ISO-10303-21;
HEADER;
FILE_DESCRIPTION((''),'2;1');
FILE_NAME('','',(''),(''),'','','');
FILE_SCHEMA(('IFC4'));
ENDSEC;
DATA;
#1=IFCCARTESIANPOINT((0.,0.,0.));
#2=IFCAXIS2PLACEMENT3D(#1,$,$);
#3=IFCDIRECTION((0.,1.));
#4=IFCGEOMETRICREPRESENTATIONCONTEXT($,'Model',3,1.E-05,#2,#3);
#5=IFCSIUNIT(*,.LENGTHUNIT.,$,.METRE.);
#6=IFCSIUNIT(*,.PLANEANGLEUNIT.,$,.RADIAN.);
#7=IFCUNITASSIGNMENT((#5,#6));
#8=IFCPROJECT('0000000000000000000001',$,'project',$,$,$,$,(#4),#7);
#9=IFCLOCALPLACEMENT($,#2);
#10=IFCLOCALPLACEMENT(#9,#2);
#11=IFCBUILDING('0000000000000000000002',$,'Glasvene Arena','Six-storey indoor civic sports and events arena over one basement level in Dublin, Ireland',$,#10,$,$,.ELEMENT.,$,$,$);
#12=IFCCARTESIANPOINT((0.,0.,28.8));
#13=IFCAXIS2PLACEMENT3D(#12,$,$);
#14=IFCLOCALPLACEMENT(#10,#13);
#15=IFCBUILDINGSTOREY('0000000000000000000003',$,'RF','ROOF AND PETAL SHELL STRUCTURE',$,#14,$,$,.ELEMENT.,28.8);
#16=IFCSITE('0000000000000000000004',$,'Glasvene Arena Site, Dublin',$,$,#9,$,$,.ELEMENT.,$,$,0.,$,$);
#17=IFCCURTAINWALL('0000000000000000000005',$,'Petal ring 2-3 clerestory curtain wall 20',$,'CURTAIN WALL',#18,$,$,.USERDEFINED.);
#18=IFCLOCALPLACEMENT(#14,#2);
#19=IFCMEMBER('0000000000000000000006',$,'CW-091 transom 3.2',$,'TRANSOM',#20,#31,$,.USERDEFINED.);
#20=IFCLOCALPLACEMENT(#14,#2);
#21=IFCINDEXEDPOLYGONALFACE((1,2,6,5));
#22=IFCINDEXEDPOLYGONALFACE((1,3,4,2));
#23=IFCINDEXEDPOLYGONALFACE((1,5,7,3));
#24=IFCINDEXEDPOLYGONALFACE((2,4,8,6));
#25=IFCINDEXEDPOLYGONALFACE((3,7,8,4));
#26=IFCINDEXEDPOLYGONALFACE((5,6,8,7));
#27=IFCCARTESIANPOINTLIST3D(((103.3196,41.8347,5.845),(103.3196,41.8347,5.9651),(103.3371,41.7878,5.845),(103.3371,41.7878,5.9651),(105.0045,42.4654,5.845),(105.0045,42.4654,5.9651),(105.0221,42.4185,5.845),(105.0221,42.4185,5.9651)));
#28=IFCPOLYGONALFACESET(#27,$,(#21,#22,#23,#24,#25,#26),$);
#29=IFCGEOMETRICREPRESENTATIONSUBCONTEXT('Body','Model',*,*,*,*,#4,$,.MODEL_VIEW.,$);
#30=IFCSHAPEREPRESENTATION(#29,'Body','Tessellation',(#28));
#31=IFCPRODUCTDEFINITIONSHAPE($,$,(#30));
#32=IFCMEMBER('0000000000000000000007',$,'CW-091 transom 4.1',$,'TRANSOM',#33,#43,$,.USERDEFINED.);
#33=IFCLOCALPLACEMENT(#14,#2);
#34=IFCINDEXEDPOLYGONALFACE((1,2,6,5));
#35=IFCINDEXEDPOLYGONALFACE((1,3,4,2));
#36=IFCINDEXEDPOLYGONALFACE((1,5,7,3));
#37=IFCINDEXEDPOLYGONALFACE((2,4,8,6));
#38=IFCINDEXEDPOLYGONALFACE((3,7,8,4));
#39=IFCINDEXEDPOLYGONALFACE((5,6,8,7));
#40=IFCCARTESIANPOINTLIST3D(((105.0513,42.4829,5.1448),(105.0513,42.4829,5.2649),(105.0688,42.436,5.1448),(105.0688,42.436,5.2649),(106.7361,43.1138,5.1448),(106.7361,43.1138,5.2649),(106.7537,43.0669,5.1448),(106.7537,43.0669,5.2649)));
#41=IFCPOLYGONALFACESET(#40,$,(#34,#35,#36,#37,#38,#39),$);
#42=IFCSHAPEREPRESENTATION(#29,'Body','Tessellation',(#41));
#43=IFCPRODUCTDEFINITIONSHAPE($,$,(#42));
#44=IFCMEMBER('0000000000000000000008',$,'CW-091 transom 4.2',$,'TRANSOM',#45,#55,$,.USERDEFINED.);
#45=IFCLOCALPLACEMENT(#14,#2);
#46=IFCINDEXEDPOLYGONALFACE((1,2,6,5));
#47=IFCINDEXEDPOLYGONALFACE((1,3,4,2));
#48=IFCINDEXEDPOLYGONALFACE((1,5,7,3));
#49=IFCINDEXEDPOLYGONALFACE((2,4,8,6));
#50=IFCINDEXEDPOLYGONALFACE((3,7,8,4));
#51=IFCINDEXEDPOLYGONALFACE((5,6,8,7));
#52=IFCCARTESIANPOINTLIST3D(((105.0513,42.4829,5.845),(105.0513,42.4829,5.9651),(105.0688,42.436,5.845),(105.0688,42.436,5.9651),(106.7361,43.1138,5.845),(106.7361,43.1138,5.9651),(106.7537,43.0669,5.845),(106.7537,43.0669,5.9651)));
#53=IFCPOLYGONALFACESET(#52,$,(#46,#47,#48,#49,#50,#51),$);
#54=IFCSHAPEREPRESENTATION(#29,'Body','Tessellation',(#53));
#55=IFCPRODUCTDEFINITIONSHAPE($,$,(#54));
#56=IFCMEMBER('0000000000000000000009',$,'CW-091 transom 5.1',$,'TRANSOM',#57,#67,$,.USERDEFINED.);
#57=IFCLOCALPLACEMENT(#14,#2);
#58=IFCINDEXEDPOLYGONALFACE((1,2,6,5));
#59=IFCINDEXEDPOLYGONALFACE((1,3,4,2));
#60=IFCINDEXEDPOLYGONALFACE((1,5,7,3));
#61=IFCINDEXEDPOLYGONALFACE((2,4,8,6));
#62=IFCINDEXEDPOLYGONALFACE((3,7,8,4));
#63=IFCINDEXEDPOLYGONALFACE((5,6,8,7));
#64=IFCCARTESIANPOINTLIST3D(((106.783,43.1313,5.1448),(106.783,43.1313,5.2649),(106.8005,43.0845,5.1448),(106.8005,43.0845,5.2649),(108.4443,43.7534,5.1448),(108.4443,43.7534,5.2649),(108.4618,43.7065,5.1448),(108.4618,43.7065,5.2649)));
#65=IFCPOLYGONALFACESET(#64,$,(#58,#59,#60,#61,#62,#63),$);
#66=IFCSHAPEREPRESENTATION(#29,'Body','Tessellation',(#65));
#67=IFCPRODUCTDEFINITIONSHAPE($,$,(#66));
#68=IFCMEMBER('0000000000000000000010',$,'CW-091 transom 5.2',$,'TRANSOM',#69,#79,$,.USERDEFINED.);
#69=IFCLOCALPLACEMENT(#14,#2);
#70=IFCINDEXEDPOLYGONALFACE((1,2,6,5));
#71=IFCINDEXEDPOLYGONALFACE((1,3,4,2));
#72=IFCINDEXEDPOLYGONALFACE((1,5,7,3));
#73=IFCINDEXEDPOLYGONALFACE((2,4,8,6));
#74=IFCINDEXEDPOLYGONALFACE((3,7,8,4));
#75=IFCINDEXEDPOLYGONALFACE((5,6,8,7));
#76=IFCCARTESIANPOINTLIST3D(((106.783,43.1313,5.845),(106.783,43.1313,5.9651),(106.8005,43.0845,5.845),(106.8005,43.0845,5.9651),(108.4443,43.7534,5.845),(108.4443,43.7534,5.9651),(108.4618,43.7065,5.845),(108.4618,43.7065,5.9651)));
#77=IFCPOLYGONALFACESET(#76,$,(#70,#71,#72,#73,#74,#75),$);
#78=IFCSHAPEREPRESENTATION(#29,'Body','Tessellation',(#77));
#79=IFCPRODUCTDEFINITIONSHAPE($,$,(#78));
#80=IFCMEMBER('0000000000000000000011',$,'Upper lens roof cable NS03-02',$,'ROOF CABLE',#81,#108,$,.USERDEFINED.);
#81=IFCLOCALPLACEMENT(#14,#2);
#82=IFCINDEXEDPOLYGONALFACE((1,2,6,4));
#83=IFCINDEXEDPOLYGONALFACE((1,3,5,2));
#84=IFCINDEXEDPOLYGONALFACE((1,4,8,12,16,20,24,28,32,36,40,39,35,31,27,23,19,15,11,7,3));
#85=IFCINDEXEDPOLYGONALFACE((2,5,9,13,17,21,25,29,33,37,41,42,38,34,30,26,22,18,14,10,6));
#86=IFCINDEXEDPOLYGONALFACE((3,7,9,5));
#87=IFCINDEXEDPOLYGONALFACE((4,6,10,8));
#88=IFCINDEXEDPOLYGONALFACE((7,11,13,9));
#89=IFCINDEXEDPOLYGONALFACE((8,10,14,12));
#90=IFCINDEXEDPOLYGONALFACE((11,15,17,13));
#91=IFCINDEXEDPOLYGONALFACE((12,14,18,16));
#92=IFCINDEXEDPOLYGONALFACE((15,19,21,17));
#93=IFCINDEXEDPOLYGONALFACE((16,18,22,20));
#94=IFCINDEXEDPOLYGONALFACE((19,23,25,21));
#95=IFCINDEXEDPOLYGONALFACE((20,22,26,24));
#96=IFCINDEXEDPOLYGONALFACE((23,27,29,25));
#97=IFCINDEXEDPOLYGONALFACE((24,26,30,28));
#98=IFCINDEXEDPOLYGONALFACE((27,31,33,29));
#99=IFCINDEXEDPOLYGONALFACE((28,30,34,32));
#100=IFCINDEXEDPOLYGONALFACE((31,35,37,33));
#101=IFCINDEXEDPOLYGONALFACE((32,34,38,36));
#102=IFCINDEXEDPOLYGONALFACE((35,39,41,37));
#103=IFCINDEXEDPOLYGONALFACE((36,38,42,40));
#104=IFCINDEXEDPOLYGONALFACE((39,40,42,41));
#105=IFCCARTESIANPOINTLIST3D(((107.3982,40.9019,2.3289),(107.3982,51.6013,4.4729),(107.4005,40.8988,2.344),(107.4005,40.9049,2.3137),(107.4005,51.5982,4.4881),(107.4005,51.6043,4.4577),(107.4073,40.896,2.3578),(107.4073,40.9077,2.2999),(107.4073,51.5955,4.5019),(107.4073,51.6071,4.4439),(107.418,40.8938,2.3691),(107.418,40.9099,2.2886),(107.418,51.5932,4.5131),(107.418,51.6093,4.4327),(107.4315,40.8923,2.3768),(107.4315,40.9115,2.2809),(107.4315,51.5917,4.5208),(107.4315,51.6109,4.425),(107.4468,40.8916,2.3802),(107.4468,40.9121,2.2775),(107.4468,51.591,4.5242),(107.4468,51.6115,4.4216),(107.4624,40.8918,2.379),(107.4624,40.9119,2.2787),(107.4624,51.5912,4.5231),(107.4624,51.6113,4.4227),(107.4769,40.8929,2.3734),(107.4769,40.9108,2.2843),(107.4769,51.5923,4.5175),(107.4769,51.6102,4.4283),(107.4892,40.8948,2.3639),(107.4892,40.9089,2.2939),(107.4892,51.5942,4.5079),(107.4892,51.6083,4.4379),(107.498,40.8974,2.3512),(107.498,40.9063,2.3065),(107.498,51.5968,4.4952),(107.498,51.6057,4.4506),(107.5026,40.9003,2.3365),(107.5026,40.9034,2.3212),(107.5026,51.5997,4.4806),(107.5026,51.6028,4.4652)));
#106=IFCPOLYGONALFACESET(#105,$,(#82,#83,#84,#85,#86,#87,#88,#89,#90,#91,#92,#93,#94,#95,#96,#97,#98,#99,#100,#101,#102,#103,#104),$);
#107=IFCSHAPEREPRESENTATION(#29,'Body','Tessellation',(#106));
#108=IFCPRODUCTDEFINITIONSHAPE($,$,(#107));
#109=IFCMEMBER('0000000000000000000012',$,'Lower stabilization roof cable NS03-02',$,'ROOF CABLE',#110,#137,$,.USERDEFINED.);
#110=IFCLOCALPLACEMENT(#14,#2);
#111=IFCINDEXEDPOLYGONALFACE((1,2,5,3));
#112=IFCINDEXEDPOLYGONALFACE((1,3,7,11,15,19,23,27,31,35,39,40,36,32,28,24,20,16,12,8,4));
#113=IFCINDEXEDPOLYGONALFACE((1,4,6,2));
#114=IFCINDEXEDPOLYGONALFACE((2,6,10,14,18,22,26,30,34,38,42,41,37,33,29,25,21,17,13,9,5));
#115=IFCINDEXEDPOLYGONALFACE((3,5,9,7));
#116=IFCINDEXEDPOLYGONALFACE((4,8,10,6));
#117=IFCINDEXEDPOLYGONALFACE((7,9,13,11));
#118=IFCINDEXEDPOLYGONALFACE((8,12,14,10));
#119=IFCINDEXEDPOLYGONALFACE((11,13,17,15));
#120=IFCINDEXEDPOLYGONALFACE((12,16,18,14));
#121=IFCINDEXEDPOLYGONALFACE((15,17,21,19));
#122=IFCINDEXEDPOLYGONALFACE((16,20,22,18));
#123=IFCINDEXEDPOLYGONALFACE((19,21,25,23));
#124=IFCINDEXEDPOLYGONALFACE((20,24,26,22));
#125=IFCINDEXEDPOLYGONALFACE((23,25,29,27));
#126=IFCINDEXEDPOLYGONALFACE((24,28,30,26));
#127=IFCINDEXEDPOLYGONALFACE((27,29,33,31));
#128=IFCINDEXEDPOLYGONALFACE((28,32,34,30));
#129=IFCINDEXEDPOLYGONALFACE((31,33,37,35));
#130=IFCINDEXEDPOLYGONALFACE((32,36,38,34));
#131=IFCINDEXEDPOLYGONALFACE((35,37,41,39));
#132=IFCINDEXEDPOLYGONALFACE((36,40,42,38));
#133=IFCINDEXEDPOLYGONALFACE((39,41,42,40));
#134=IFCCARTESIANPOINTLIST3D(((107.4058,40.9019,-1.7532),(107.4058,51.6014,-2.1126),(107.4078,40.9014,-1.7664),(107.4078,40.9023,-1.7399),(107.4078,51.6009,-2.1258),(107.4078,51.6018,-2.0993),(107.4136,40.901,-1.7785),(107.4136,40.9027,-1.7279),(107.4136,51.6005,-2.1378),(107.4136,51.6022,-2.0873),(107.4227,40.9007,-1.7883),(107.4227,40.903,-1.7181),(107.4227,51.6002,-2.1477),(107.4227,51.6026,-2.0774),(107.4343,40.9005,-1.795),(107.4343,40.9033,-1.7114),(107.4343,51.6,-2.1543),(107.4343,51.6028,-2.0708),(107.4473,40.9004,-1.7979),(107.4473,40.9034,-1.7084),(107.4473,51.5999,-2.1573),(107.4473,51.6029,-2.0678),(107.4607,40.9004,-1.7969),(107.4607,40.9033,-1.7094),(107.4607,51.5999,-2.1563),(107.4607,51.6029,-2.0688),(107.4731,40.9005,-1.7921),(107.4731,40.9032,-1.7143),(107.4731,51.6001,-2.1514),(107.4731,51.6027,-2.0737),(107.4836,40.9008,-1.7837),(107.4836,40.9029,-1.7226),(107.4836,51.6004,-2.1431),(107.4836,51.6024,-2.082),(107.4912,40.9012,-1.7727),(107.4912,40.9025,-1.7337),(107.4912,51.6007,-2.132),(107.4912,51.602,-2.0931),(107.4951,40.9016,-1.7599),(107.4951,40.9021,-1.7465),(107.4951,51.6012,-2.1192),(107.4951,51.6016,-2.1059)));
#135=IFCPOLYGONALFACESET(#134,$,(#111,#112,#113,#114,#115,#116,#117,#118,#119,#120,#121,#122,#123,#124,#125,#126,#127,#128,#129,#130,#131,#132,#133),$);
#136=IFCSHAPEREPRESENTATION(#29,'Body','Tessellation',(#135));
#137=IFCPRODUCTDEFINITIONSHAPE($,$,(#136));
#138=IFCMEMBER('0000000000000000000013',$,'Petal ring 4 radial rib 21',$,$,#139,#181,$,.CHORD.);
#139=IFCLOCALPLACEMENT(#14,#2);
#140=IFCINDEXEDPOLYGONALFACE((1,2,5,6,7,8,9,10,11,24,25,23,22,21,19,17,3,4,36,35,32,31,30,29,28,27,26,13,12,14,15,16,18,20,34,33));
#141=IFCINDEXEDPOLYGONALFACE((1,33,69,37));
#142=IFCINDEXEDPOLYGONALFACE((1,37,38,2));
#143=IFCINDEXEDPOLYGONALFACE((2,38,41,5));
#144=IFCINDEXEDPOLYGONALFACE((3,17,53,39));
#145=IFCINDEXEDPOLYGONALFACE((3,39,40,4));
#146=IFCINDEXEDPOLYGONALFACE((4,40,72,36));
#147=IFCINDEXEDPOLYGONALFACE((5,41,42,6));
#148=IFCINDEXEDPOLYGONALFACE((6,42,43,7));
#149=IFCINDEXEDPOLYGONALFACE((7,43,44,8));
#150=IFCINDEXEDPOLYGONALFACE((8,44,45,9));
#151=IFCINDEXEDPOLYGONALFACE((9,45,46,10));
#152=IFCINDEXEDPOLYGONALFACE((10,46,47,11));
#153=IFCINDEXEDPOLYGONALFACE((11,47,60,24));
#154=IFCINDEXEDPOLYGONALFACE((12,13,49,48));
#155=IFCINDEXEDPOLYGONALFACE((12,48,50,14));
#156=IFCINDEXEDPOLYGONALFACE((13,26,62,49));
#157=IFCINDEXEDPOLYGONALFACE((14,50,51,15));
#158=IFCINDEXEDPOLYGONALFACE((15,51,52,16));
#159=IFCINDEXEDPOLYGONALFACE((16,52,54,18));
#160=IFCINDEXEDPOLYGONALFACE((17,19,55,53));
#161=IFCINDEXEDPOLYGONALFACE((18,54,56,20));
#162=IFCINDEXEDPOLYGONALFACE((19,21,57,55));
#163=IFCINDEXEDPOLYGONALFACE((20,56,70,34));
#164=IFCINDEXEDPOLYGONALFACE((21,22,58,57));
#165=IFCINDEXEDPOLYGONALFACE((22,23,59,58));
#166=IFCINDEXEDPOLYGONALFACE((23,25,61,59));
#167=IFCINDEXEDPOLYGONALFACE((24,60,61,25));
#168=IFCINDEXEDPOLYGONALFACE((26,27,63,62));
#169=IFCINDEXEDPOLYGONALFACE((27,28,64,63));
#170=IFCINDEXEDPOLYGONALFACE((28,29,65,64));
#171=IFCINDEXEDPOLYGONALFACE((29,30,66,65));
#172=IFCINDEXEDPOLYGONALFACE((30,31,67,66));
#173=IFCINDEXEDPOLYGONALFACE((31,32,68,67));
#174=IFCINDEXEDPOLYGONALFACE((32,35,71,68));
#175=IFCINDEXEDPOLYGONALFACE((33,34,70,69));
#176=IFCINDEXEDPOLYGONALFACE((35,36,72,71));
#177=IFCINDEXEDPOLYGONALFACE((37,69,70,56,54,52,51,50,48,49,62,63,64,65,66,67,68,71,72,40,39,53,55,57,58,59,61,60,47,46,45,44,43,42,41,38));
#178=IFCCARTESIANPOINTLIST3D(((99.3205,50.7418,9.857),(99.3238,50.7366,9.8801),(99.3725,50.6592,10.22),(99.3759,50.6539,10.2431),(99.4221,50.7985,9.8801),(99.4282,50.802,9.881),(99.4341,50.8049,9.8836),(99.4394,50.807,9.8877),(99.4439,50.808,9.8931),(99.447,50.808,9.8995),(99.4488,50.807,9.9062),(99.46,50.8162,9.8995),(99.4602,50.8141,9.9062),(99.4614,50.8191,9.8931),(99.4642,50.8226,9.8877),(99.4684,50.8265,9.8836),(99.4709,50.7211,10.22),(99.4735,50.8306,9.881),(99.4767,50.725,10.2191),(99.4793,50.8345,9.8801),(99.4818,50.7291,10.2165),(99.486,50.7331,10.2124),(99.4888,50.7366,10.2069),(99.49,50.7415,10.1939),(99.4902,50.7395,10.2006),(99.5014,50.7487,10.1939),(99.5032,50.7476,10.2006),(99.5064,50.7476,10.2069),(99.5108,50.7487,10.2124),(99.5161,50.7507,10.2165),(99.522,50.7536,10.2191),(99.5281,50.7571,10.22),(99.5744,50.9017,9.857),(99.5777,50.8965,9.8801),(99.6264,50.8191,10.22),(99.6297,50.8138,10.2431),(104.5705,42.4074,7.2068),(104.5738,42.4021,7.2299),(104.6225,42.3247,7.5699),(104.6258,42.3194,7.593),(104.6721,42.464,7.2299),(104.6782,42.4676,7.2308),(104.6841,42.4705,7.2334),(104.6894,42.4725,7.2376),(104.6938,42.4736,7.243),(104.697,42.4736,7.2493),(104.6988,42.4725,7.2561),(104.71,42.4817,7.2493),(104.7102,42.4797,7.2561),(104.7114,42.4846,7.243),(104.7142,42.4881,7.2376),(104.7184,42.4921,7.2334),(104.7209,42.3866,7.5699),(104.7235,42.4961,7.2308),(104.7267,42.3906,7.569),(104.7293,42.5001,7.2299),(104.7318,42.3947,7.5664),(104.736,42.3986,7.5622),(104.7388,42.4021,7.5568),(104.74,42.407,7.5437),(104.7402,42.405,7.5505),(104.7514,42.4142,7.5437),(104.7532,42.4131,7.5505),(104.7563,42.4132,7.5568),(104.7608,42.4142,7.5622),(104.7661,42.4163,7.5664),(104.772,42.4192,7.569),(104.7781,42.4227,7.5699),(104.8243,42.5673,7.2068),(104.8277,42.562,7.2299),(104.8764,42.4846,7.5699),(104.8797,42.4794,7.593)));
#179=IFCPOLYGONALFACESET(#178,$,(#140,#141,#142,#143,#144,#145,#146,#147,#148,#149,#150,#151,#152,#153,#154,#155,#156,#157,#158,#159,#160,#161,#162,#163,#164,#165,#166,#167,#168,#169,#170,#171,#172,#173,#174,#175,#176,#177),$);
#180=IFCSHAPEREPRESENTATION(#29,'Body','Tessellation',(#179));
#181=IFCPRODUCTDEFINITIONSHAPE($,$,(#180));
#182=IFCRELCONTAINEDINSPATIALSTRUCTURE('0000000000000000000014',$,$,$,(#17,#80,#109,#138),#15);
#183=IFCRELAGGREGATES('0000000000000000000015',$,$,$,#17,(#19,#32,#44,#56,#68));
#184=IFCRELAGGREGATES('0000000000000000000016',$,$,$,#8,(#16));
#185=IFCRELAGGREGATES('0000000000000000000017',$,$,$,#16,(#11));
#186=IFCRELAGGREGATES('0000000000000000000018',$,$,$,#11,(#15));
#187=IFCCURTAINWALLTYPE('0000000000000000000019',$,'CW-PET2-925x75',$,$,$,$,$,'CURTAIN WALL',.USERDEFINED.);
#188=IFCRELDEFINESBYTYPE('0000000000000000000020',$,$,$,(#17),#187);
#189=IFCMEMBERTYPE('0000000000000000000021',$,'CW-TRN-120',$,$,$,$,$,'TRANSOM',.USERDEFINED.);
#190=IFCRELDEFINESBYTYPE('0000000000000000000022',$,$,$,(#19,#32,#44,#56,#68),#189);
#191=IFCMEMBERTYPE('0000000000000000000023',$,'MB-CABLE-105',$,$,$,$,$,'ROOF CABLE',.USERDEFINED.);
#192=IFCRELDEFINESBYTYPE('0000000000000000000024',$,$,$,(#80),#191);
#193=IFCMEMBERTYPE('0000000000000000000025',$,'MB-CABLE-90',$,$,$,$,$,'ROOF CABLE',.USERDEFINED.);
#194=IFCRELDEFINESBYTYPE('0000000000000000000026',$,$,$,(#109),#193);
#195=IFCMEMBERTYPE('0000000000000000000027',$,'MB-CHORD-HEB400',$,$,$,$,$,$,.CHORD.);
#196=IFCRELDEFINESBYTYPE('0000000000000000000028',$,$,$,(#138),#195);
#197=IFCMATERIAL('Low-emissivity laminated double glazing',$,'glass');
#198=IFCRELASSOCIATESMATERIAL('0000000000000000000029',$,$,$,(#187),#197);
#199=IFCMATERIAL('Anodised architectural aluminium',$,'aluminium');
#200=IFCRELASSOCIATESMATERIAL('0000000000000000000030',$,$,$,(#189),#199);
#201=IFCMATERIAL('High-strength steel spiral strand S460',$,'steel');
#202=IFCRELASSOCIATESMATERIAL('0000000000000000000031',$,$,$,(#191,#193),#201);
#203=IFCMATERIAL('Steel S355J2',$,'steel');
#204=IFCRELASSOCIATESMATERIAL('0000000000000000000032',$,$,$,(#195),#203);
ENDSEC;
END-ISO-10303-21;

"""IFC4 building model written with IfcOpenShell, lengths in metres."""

from ifc_helpers import new_model, si_unit, direction, frame, origin, origin_2d, place, context, subcontext, project, spatial, rectangle, circle, i_section, extrude, material, material_profile, profile_set, type_object, element, aggregate, save


model = new_model("IFC4")

# Units and contexts
model_context = context("Model", 3, precision=1e-05, world=origin(), true_north=direction((0.0, 1.0)))
body_context = subcontext(model_context, "Body", "Model", "MODEL_VIEW")
ifc_project = project(units=[si_unit("LENGTHUNIT", "METRE"), si_unit("PLANEANGLEUNIT", "RADIAN")], contexts=[model_context])

# Site, building, storey
site_placement = place(None, origin())
site = spatial("IfcSite", under=ifc_project, at=site_placement, Name="Glasvene Arena Site, Dublin", CompositionType="ELEMENT", RefElevation=0.0)
building_placement = place(site_placement, origin())
building = spatial("IfcBuilding", under=site, at=building_placement, Name="Glasvene Arena", Description="Six-storey indoor civic sports and events arena over one basement level in Dublin, Ireland", CompositionType="ELEMENT")
storey_placement = place(building_placement, frame((0.0, 0.0, 28.8)))
storey = spatial("IfcBuildingStorey", under=building, at=storey_placement, Name="RF", Description="ROOF AND PETAL SHELL STRUCTURE", CompositionType="ELEMENT", Elevation=28.8)

# Shared definitions
ifc_material_1 = material(Name="Low-emissivity laminated double glazing", Category="glass")
ifc_material_2 = material(Name="Anodised architectural aluminium", Category="aluminium")

# Curtain wall
curtain_wall_type_1 = type_object("IfcCurtainWallType", Name="CW-PET2-925x75", ElementType="CURTAIN WALL", PredefinedType="USERDEFINED", material=ifc_material_1)
curtain_wall_1_placement = place(storey_placement, frame((99.8416, 40.5056, 0.0)))
curtain_wall_1 = element("IfcCurtainWall", 1, at=curtain_wall_1_placement, inside=storey, type_object=curtain_wall_type_1, Name="Petal ring 2-3 clerestory curtain wall 20", ObjectType="CURTAIN WALL", PredefinedType="USERDEFINED")

# Members
ifc_material_profile_1 = material_profile(ifc_material_2, rectangle(XDim=0.05, YDim=0.1201, at=origin_2d()), Name="ALU TRANSOM 50x120")
ifc_profile_set_1 = profile_set([ifc_material_profile_1], Name="Anodised architectural aluminium")
member_type_1 = type_object("IfcMemberType", Name="CW-TRN-120", ElementType="TRANSOM", PredefinedType="USERDEFINED", material=ifc_profile_set_1)
member_1_placement = place(storey_placement, frame((103.3284, 41.8113, 5.905), z_axis=(0.936547, 0.350543, 0.0), x_axis=(-0.350543, 0.936547, 0.0)))
member_1 = element("IfcMember", 2, at=member_1_placement, type_object=member_type_1, Name="CW-091 transom 3.2", ObjectType="TRANSOM", PredefinedType="USERDEFINED", context=body_context, shape_type="SweptSolid", body=[
    extrude(rectangle(XDim=0.05, YDim=0.1201, at=origin_2d()), origin(), (0.0, 0.0, 1.0), 1.7991),
])
member_2_placement = place(storey_placement, frame((105.0601, 42.4595, 5.2048), z_axis=(0.936502, 0.350662, 0.0), x_axis=(-0.350662, 0.936502, 0.0)))
member_2 = element("IfcMember", 3, at=member_2_placement, type_object=member_type_1, Name="CW-091 transom 4.1", ObjectType="TRANSOM", PredefinedType="USERDEFINED", context=body_context, shape_type="SweptSolid", body=[
    extrude(rectangle(XDim=0.05, YDim=0.1201, at=origin_2d()), origin(), (0.0, 0.0, 1.0), 1.7991),
])
member_3_placement = place(storey_placement, frame((105.0601, 42.4595, 5.905), z_axis=(0.936502, 0.350662, 0.0), x_axis=(-0.350662, 0.936502, 0.0)))
member_3 = element("IfcMember", 4, at=member_3_placement, type_object=member_type_1, Name="CW-091 transom 4.2", ObjectType="TRANSOM", PredefinedType="USERDEFINED", context=body_context, shape_type="SweptSolid", body=[
    extrude(rectangle(XDim=0.05, YDim=0.1201, at=origin_2d()), origin(), (0.0, 0.0, 1.0), 1.7991),
])
member_4_placement = place(storey_placement, frame((106.7917, 43.1079, 5.2048), z_axis=(0.936504, 0.350656, 0.0), x_axis=(-0.350656, 0.936504, 0.0)))
member_4 = element("IfcMember", 5, at=member_4_placement, type_object=member_type_1, Name="CW-091 transom 5.1", ObjectType="TRANSOM", PredefinedType="USERDEFINED", context=body_context, shape_type="SweptSolid", body=[
    extrude(rectangle(XDim=0.05, YDim=0.1201, at=origin_2d()), origin(), (0.0, 0.0, 1.0), 1.7739),
])
member_5_placement = place(storey_placement, frame((106.7917, 43.1079, 5.905), z_axis=(0.936504, 0.350656, 0.0), x_axis=(-0.350656, 0.936504, 0.0)))
member_5 = element("IfcMember", 6, at=member_5_placement, type_object=member_type_1, Name="CW-091 transom 5.2", ObjectType="TRANSOM", PredefinedType="USERDEFINED", context=body_context, shape_type="SweptSolid", body=[
    extrude(rectangle(XDim=0.05, YDim=0.1201, at=origin_2d()), origin(), (0.0, 0.0, 1.0), 1.7739),
])

# Members
ifc_material_3 = material(Name="High-strength steel spiral strand S460", Category="steel")
ifc_material_profile_2 = material_profile(ifc_material_3, circle(Radius=0.0525, at=origin_2d()), Name="LCSS D105")
ifc_profile_set_2 = profile_set([ifc_material_profile_2], Name="High-strength steel spiral strand S460")
member_type_2 = type_object("IfcMemberType", Name="MB-CABLE-105", ElementType="ROOF CABLE", PredefinedType="USERDEFINED", material=ifc_profile_set_2)
member_6_placement = place(storey_placement, frame((107.4507, 40.9019, 2.3289), z_axis=(0.0, 0.980507, 0.196482), x_axis=(-1.0, 0.0, 0.0)))
element("IfcMember", 7, at=member_6_placement, inside=storey, type_object=member_type_2, Name="Upper lens roof cable NS03-02", ObjectType="ROOF CABLE", PredefinedType="USERDEFINED", context=body_context, shape_type="SweptSolid", body=[
    extrude(circle(Radius=0.0525, at=origin_2d()), origin(), (0.0, 0.0, 1.0), 10.9121),
])
ifc_material_profile_3 = material_profile(ifc_material_3, circle(Radius=0.0449, at=origin_2d()), Name="LCSS D90")
ifc_profile_set_3 = profile_set([ifc_material_profile_3], Name="High-strength steel spiral strand S460")
member_type_3 = type_object("IfcMemberType", Name="MB-CABLE-90", ElementType="ROOF CABLE", PredefinedType="USERDEFINED", material=ifc_profile_set_3)
member_7_placement = place(storey_placement, frame((107.4507, 40.9019, -1.7532), z_axis=(0.0, 0.999436, -0.033569), x_axis=(-1.0, 0.0, 0.0)))
element("IfcMember", 8, at=member_7_placement, inside=storey, type_object=member_type_3, Name="Lower stabilization roof cable NS03-02", ObjectType="ROOF CABLE", PredefinedType="USERDEFINED", context=body_context, shape_type="SweptSolid", body=[
    extrude(circle(Radius=0.0449, at=origin_2d()), origin(), (0.0, 0.0, 1.0), 10.7056),
])
ifc_material_4 = material(Name="Steel S355J2", Category="steel")
ifc_material_profile_4 = material_profile(ifc_material_4, i_section(OverallWidth=0.3, OverallDepth=0.3999, WebThickness=0.0134, FlangeThickness=0.0239, FilletRadius=0.0271, at=origin_2d()), Name="HEB 400")
ifc_profile_set_4 = profile_set([ifc_material_profile_4], Name="Steel S355J2")
member_type_4 = type_object("IfcMemberType", Name="MB-CHORD-HEB400", PredefinedType="CHORD", material=ifc_profile_set_4)
member_8_placement = place(storey_placement, frame((104.7251, 42.4434, 7.3999), z_axis=(-0.514683, 0.817069, 0.259807), x_axis=(-0.846124, -0.532985, 0.0)))
element("IfcMember", 9, at=member_8_placement, inside=storey, type_object=member_type_4, Name="Petal ring 4 radial rib 21", PredefinedType="CHORD", context=body_context, shape_type="SweptSolid", body=[
    extrude(i_section(OverallWidth=0.3, OverallDepth=0.3999, WebThickness=0.0134, FlangeThickness=0.0239, FilletRadius=0.0271, at=origin_2d()), origin(), (0.0, 0.0, 1.0), 10.2004),
])

aggregate(curtain_wall_1, [member_1, member_2, member_3, member_4, member_5])

save(model, "model.ifc")
